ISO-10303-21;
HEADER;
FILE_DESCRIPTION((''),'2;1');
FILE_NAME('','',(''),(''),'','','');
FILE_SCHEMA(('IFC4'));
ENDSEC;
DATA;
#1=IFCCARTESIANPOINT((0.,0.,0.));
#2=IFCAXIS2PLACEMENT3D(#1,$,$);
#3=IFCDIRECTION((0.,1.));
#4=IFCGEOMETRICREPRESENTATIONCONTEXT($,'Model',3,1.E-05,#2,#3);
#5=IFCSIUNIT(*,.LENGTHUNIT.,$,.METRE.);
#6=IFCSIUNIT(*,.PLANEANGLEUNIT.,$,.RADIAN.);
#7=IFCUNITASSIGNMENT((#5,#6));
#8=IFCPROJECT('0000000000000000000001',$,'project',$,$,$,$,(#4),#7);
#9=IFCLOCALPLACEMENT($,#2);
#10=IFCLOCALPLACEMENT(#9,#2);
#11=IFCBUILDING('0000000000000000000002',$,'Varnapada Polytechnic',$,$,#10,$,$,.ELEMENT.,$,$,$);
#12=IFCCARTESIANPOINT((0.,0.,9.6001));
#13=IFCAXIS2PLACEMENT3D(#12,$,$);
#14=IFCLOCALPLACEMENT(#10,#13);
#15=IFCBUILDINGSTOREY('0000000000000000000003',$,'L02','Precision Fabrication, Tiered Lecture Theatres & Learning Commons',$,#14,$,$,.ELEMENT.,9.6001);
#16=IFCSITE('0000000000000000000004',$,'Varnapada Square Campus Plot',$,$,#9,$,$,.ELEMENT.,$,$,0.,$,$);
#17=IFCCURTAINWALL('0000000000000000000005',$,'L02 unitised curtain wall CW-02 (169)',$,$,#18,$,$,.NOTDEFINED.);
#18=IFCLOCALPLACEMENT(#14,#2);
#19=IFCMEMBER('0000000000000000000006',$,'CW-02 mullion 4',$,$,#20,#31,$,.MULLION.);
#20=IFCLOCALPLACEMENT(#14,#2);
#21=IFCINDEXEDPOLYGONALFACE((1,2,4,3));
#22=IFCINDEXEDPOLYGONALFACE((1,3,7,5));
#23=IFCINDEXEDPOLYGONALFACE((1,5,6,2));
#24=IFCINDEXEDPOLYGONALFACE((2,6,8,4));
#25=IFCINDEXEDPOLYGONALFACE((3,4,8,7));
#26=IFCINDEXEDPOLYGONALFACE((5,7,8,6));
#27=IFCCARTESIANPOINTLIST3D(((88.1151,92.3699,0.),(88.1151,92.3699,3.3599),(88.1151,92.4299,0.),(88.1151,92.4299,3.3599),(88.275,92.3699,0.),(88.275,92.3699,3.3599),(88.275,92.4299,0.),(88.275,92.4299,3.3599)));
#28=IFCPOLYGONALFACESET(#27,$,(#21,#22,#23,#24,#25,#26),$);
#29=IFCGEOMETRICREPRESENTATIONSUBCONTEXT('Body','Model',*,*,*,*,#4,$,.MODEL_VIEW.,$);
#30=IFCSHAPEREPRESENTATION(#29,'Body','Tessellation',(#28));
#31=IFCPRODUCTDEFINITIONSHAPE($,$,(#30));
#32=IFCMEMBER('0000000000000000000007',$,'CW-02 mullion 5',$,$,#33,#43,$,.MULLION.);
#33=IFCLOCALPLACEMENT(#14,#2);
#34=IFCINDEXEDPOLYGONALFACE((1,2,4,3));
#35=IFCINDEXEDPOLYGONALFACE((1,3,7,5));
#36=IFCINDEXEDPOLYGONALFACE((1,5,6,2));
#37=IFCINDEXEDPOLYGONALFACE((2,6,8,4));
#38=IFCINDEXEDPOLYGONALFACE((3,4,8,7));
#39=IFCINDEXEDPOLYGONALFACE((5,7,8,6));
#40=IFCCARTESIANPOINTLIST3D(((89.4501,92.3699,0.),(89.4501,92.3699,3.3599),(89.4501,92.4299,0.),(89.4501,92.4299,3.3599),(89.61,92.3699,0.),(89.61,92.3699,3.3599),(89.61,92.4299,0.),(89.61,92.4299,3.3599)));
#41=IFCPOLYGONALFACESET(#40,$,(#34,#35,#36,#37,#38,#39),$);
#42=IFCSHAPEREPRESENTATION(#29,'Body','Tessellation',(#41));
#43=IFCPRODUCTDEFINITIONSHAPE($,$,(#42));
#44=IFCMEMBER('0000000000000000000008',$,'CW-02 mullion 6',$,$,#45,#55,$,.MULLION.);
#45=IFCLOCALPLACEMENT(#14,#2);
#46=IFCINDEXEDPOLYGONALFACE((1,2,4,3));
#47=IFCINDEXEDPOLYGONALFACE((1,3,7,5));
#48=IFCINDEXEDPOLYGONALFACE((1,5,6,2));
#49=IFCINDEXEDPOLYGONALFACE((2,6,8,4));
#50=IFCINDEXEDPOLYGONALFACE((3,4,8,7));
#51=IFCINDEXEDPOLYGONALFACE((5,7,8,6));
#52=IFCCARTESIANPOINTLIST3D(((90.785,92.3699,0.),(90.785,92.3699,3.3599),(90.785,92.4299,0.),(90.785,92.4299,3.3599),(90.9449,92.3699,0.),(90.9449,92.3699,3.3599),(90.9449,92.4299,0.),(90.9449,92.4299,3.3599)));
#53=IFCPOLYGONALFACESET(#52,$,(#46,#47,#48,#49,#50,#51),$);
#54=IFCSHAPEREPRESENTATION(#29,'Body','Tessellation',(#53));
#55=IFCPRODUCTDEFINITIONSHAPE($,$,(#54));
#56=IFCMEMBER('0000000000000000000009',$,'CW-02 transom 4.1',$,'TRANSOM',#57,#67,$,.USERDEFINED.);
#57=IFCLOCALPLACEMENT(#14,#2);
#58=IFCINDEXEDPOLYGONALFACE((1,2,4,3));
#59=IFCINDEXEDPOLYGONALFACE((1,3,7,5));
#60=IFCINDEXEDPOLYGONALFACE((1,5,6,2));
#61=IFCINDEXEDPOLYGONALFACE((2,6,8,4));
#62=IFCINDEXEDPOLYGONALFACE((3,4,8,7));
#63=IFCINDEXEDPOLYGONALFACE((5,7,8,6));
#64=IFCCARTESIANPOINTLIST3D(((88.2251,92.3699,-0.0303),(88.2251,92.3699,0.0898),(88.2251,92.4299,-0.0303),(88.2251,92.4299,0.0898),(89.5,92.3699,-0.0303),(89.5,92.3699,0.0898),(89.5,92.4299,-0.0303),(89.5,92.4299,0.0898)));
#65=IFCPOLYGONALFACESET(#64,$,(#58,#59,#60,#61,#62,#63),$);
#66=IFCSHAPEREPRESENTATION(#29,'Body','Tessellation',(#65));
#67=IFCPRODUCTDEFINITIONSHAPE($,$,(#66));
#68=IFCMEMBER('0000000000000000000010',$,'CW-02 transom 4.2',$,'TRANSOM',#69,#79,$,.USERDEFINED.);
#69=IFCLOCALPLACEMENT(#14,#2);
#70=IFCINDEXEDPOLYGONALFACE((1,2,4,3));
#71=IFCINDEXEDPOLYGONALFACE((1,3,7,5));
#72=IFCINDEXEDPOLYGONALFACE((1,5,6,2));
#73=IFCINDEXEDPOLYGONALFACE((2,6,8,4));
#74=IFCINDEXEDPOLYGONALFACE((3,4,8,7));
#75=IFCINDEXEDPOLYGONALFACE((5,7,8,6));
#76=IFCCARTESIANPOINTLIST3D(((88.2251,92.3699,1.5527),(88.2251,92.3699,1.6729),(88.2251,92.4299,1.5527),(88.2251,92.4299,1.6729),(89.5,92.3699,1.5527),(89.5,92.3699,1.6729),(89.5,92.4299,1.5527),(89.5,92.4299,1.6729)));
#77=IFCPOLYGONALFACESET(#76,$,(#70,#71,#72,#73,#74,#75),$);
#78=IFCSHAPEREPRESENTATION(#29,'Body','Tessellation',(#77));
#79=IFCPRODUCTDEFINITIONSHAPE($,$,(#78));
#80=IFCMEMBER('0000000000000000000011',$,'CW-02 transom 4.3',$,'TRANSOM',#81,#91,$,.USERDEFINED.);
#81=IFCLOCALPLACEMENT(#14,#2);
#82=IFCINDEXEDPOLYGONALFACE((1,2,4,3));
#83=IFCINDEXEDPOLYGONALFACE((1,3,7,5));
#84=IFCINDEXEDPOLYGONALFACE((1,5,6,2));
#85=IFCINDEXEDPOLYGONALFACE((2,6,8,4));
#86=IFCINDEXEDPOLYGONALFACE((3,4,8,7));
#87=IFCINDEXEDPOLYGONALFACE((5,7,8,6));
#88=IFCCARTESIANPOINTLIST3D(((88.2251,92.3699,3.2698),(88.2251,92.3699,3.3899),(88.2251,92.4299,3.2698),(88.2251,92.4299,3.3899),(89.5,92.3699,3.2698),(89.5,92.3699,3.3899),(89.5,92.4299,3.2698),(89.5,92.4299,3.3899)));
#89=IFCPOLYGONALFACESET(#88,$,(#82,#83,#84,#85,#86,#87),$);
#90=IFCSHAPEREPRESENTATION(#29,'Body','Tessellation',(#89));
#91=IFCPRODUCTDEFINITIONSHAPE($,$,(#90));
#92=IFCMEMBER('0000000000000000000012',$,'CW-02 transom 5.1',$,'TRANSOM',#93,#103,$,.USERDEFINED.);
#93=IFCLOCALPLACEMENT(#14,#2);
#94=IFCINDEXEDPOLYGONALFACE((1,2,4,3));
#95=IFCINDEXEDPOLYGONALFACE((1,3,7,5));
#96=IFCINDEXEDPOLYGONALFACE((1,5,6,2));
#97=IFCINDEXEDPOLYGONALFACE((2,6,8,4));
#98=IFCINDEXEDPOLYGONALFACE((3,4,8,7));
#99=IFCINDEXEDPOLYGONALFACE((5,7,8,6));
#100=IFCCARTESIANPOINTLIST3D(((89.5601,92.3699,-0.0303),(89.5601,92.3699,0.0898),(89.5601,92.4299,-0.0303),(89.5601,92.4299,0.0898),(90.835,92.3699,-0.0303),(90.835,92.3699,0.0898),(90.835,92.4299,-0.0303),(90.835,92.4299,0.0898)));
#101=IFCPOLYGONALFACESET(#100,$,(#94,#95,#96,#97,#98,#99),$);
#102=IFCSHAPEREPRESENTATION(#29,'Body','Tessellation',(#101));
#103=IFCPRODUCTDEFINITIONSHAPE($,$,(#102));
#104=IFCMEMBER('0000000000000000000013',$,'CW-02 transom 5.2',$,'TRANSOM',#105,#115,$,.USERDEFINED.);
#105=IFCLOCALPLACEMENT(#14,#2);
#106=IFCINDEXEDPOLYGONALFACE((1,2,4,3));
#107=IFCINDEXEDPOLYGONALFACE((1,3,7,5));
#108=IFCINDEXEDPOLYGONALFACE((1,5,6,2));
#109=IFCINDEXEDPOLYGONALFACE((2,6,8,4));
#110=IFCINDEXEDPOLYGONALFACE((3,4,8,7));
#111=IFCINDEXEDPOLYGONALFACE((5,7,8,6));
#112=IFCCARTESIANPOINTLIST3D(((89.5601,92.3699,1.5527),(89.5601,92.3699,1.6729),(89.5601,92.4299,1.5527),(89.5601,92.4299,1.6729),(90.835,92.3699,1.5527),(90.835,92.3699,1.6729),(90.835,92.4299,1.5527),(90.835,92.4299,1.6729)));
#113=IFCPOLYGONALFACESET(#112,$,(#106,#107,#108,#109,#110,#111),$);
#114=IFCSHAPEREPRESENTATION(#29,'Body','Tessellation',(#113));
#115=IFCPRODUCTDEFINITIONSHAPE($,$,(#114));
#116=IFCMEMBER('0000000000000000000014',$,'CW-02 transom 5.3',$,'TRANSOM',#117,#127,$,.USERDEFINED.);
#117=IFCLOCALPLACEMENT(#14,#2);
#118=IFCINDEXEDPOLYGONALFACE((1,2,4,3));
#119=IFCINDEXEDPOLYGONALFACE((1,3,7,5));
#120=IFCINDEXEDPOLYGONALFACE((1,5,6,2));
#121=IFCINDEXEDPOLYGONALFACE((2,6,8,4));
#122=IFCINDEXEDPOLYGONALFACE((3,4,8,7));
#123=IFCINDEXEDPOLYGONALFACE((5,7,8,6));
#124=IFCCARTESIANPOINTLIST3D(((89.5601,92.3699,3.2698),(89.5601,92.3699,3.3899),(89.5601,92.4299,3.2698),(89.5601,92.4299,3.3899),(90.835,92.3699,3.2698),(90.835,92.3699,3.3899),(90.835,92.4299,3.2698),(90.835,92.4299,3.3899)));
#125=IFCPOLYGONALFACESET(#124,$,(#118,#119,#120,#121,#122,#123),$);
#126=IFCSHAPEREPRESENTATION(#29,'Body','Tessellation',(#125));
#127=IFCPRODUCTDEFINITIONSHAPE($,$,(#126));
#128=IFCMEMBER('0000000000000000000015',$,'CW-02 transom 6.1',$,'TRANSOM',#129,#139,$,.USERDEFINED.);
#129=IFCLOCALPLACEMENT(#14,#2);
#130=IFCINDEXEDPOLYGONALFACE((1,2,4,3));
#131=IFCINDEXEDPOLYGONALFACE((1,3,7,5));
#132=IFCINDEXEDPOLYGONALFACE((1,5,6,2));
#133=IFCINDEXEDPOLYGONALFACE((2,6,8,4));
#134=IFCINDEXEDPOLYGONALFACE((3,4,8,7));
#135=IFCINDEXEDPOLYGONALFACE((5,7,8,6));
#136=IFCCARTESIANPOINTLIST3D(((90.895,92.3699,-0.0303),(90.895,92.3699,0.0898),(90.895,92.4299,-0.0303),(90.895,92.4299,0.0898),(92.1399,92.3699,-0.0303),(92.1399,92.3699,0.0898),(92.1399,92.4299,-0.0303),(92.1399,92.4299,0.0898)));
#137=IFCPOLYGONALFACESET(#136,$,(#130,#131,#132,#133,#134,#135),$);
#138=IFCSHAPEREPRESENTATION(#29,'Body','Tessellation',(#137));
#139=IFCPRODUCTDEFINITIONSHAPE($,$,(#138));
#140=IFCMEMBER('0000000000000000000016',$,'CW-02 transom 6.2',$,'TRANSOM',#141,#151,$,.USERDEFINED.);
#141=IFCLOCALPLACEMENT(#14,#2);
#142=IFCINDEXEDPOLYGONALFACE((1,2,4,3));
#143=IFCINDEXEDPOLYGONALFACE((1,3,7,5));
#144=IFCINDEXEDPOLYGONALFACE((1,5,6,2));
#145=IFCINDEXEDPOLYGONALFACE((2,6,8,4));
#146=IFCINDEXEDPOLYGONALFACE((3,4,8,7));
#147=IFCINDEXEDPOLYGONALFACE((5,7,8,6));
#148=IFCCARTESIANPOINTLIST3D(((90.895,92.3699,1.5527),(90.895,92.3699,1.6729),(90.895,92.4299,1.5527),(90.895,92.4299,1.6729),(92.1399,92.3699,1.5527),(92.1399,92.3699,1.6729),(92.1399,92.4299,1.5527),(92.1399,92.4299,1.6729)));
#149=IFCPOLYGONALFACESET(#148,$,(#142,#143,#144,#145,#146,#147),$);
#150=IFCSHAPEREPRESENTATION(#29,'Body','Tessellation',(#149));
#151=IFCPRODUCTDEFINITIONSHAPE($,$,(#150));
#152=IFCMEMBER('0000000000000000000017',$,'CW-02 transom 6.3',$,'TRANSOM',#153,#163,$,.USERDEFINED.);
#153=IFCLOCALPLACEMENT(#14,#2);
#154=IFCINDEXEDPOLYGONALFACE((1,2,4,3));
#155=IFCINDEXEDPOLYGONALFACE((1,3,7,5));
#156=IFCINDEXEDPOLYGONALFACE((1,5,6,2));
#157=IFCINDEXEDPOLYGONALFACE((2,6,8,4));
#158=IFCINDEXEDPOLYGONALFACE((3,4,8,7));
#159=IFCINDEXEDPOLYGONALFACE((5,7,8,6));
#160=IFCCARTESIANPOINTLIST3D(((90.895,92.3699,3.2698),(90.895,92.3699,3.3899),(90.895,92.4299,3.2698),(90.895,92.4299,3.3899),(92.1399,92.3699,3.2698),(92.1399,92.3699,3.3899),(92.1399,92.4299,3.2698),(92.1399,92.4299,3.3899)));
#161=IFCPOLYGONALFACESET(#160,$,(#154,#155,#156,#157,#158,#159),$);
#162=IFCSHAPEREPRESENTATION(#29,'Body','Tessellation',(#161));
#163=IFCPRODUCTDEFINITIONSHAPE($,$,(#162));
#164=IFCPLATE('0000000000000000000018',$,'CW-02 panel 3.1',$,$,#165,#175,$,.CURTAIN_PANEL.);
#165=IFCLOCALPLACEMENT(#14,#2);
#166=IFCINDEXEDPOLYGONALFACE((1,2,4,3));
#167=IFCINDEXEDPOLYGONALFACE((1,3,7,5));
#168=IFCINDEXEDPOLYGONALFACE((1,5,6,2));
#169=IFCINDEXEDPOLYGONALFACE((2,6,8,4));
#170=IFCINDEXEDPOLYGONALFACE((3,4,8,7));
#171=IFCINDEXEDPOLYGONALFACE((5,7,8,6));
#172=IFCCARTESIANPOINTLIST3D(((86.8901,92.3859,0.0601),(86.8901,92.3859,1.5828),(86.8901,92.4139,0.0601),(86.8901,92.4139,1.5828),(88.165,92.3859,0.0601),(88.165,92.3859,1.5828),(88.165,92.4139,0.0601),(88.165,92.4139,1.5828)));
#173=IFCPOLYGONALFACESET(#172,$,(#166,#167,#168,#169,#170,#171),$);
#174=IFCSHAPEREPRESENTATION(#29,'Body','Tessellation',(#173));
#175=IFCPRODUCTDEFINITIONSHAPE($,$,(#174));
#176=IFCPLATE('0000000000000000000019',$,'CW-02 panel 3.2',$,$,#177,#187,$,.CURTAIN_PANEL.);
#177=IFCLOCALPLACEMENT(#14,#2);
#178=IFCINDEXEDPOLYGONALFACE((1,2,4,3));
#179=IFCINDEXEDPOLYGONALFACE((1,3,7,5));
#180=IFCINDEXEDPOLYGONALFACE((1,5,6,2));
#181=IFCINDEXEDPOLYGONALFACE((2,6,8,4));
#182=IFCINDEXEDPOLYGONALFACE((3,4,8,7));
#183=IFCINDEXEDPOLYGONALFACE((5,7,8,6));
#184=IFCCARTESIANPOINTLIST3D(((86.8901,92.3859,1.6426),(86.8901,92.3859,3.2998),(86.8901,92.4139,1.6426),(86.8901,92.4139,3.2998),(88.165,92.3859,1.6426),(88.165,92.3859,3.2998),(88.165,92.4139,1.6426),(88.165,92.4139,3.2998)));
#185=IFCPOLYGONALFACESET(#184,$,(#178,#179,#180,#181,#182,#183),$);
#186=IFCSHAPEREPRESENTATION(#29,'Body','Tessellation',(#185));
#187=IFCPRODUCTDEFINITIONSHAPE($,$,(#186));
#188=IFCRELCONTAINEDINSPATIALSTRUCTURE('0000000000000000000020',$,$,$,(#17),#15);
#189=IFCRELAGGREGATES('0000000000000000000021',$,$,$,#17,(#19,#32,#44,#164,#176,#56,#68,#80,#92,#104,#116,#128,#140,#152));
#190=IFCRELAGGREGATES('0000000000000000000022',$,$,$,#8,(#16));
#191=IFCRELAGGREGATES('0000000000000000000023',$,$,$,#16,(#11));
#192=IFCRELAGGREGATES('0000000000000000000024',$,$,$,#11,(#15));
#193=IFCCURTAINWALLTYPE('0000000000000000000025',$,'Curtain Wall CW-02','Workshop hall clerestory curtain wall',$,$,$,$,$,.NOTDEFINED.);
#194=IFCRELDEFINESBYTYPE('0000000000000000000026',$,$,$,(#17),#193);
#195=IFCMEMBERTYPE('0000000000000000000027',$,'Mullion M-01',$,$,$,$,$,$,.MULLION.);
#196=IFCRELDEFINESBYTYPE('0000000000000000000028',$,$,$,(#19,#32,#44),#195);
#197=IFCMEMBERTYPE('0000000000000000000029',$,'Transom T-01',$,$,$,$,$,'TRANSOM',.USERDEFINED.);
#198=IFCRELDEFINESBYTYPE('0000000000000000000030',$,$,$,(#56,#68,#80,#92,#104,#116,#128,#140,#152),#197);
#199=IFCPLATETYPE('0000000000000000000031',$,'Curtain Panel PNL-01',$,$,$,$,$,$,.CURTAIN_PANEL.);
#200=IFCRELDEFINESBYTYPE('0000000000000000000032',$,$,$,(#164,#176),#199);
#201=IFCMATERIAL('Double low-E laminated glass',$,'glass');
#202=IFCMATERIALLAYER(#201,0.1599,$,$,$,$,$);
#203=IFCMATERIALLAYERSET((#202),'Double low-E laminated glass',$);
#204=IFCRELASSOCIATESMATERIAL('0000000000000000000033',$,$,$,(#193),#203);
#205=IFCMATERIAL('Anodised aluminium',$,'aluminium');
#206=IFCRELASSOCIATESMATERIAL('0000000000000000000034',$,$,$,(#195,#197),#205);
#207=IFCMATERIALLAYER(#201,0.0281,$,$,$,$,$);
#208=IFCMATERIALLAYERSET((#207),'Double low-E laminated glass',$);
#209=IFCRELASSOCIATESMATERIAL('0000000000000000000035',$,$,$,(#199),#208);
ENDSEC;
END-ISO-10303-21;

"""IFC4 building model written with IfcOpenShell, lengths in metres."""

from ifc_helpers import new_model, si_unit, direction, frame, origin, origin_2d, place, context, subcontext, project, spatial, rectangle, extrude, material, layer, layer_set, material_profile, profile_set, type_object, element, aggregate, save


model = new_model("IFC4")

# Units and contexts
model_context = context("Model", 3, precision=1e-05, world=origin(), true_north=direction((0.0, 1.0)))
body_context = subcontext(model_context, "Body", "Model", "MODEL_VIEW")
ifc_project = project(units=[si_unit("LENGTHUNIT", "METRE"), si_unit("PLANEANGLEUNIT", "RADIAN")], contexts=[model_context])

# Site, building, storey
site_placement = place(None, origin())
site = spatial("IfcSite", under=ifc_project, at=site_placement, Name="Varnapada Square Campus Plot", CompositionType="ELEMENT", RefElevation=0.0)
building_placement = place(site_placement, origin())
building = spatial("IfcBuilding", under=site, at=building_placement, Name="Varnapada Polytechnic", CompositionType="ELEMENT")
storey_placement = place(building_placement, frame((0.0, 0.0, 9.6001)))
storey = spatial("IfcBuildingStorey", under=building, at=storey_placement, Name="L02", Description="Precision Fabrication, Tiered Lecture Theatres & Learning Commons", CompositionType="ELEMENT", Elevation=9.6001)

# Curtain wall, members, plates
ifc_material_1 = material(Name="Double low-E laminated glass", Category="glass")
ifc_layer_1 = layer(ifc_material_1, 0.1599)
ifc_layer_set_1 = layer_set([ifc_layer_1], Name="Double low-E laminated glass")
curtain_wall_type = type_object("IfcCurtainWallType", Name="Curtain Wall CW-02", Description="Workshop hall clerestory curtain wall", PredefinedType="NOTDEFINED", material=ifc_layer_set_1)
curtain_wall_placement = place(storey_placement, origin())
curtain_wall = element("IfcCurtainWall", 1, at=curtain_wall_placement, inside=storey, type_object=curtain_wall_type, Name="L02 unitised curtain wall CW-02 (169)", PredefinedType="NOTDEFINED")
ifc_material_2 = material(Name="Anodised aluminium", Category="aluminium")
ifc_material_profile_1 = material_profile(ifc_material_2, rectangle(XDim=0.0601, YDim=0.1599, at=origin_2d()), Name="ALU M60x160")
ifc_profile_set_1 = profile_set([ifc_material_profile_1], Name="Anodised aluminium")
member_type_1 = type_object("IfcMemberType", Name="Mullion M-01", PredefinedType="MULLION", material=ifc_profile_set_1)
member_1_placement = place(storey_placement, frame((88.1951, 92.3999, 0.0), z_axis=(0.0, 0.0, 1.0), x_axis=(0.0, 1.0, 0.0)))
member_1 = element("IfcMember", 2, at=member_1_placement, type_object=member_type_1, Name="CW-02 mullion 4", PredefinedType="MULLION", context=body_context, shape_type="SweptSolid", body=[
    extrude(rectangle(XDim=0.0601, YDim=0.1599, at=origin_2d()), origin(), (0.0, 0.0, 1.0), 3.3599),
])
member_2_placement = place(storey_placement, frame((89.53, 92.3999, 0.0), z_axis=(0.0, 0.0, 1.0), x_axis=(0.0, 1.0, 0.0)))
member_2 = element("IfcMember", 3, at=member_2_placement, type_object=member_type_1, Name="CW-02 mullion 5", PredefinedType="MULLION", context=body_context, shape_type="SweptSolid", body=[
    extrude(rectangle(XDim=0.0601, YDim=0.1599, at=origin_2d()), origin(), (0.0, 0.0, 1.0), 3.3599),
])
member_3_placement = place(storey_placement, frame((90.865, 92.3999, 0.0), z_axis=(0.0, 0.0, 1.0), x_axis=(0.0, 1.0, 0.0)))
member_3 = element("IfcMember", 4, at=member_3_placement, type_object=member_type_1, Name="CW-02 mullion 6", PredefinedType="MULLION", context=body_context, shape_type="SweptSolid", body=[
    extrude(rectangle(XDim=0.0601, YDim=0.1599, at=origin_2d()), origin(), (0.0, 0.0, 1.0), 3.3599),
])
ifc_material_profile_2 = material_profile(ifc_material_2, rectangle(XDim=0.0601, YDim=0.1201, at=origin_2d()), Name="ALU T60x120")
ifc_profile_set_2 = profile_set([ifc_material_profile_2], Name="Anodised aluminium")
member_type_2 = type_object("IfcMemberType", Name="Transom T-01", ElementType="TRANSOM", PredefinedType="USERDEFINED", material=ifc_profile_set_2)
member_4_placement = place(storey_placement, frame((88.2251, 92.3999, 0.0298), z_axis=(1.0, 0.0, 0.0), x_axis=(0.0, 1.0, 0.0)))
member_4 = element("IfcMember", 5, at=member_4_placement, type_object=member_type_2, Name="CW-02 transom 4.1", ObjectType="TRANSOM", PredefinedType="USERDEFINED", context=body_context, shape_type="SweptSolid", body=[
    extrude(rectangle(XDim=0.0601, YDim=0.1201, at=origin_2d()), origin(), (0.0, 0.0, 1.0), 1.2749),
])
member_5_placement = place(storey_placement, frame((88.2251, 92.3999, 1.6128), z_axis=(1.0, 0.0, 0.0), x_axis=(0.0, 1.0, 0.0)))
member_5 = element("IfcMember", 6, at=member_5_placement, type_object=member_type_2, Name="CW-02 transom 4.2", ObjectType="TRANSOM", PredefinedType="USERDEFINED", context=body_context, shape_type="SweptSolid", body=[
    extrude(rectangle(XDim=0.0601, YDim=0.1201, at=origin_2d()), origin(), (0.0, 0.0, 1.0), 1.2749),
])
member_6_placement = place(storey_placement, frame((88.2251, 92.3999, 3.3298), z_axis=(1.0, 0.0, 0.0), x_axis=(0.0, 1.0, 0.0)))
member_6 = element("IfcMember", 7, at=member_6_placement, type_object=member_type_2, Name="CW-02 transom 4.3", ObjectType="TRANSOM", PredefinedType="USERDEFINED", context=body_context, shape_type="SweptSolid", body=[
    extrude(rectangle(XDim=0.0601, YDim=0.1201, at=origin_2d()), origin(), (0.0, 0.0, 1.0), 1.2749),
])
member_7_placement = place(storey_placement, frame((89.5601, 92.3999, 0.0298), z_axis=(1.0, 0.0, 0.0), x_axis=(0.0, 1.0, 0.0)))
member_7 = element("IfcMember", 8, at=member_7_placement, type_object=member_type_2, Name="CW-02 transom 5.1", ObjectType="TRANSOM", PredefinedType="USERDEFINED", context=body_context, shape_type="SweptSolid", body=[
    extrude(rectangle(XDim=0.0601, YDim=0.1201, at=origin_2d()), origin(), (0.0, 0.0, 1.0), 1.2749),
])
member_8_placement = place(storey_placement, frame((89.5601, 92.3999, 1.6128), z_axis=(1.0, 0.0, 0.0), x_axis=(0.0, 1.0, 0.0)))
member_8 = element("IfcMember", 9, at=member_8_placement, type_object=member_type_2, Name="CW-02 transom 5.2", ObjectType="TRANSOM", PredefinedType="USERDEFINED", context=body_context, shape_type="SweptSolid", body=[
    extrude(rectangle(XDim=0.0601, YDim=0.1201, at=origin_2d()), origin(), (0.0, 0.0, 1.0), 1.2749),
])
member_9_placement = place(storey_placement, frame((89.5601, 92.3999, 3.3298), z_axis=(1.0, 0.0, 0.0), x_axis=(0.0, 1.0, 0.0)))
member_9 = element("IfcMember", 10, at=member_9_placement, type_object=member_type_2, Name="CW-02 transom 5.3", ObjectType="TRANSOM", PredefinedType="USERDEFINED", context=body_context, shape_type="SweptSolid", body=[
    extrude(rectangle(XDim=0.0601, YDim=0.1201, at=origin_2d()), origin(), (0.0, 0.0, 1.0), 1.2749),
])
member_10_placement = place(storey_placement, frame((90.895, 92.3999, 0.0298), z_axis=(1.0, 0.0, 0.0), x_axis=(0.0, 1.0, 0.0)))
member_10 = element("IfcMember", 11, at=member_10_placement, type_object=member_type_2, Name="CW-02 transom 6.1", ObjectType="TRANSOM", PredefinedType="USERDEFINED", context=body_context, shape_type="SweptSolid", body=[
    extrude(rectangle(XDim=0.0601, YDim=0.1201, at=origin_2d()), origin(), (0.0, 0.0, 1.0), 1.2449),
])
member_11_placement = place(storey_placement, frame((90.895, 92.3999, 1.6128), z_axis=(1.0, 0.0, 0.0), x_axis=(0.0, 1.0, 0.0)))
member_11 = element("IfcMember", 12, at=member_11_placement, type_object=member_type_2, Name="CW-02 transom 6.2", ObjectType="TRANSOM", PredefinedType="USERDEFINED", context=body_context, shape_type="SweptSolid", body=[
    extrude(rectangle(XDim=0.0601, YDim=0.1201, at=origin_2d()), origin(), (0.0, 0.0, 1.0), 1.2449),
])
member_12_placement = place(storey_placement, frame((90.895, 92.3999, 3.3298), z_axis=(1.0, 0.0, 0.0), x_axis=(0.0, 1.0, 0.0)))
member_12 = element("IfcMember", 13, at=member_12_placement, type_object=member_type_2, Name="CW-02 transom 6.3", ObjectType="TRANSOM", PredefinedType="USERDEFINED", context=body_context, shape_type="SweptSolid", body=[
    extrude(rectangle(XDim=0.0601, YDim=0.1201, at=origin_2d()), origin(), (0.0, 0.0, 1.0), 1.2449),
])
ifc_layer_2 = layer(ifc_material_1, 0.0281)
ifc_layer_set_2 = layer_set([ifc_layer_2], Name="Double low-E laminated glass")
plate_type = type_object("IfcPlateType", Name="Curtain Panel PNL-01", PredefinedType="CURTAIN_PANEL", material=ifc_layer_set_2)
plate_1_placement = place(storey_placement, frame((87.5276, 92.3999, 0.0601), z_axis=(0.0, 0.0, 1.0), x_axis=(1.0, 0.0, 0.0)))
plate_1 = element("IfcPlate", 14, at=plate_1_placement, type_object=plate_type, Name="CW-02 panel 3.1", PredefinedType="CURTAIN_PANEL", context=body_context, shape_type="SweptSolid", body=[
    extrude(rectangle(XDim=1.2749, YDim=0.0281, at=origin_2d()), origin(), (0.0, 0.0, 1.0), 1.5227),
])
plate_2_placement = place(storey_placement, frame((87.5276, 92.3999, 1.6426), z_axis=(0.0, 0.0, 1.0), x_axis=(1.0, 0.0, 0.0)))
plate_2 = element("IfcPlate", 15, at=plate_2_placement, type_object=plate_type, Name="CW-02 panel 3.2", PredefinedType="CURTAIN_PANEL", context=body_context, shape_type="SweptSolid", body=[
    extrude(rectangle(XDim=1.2749, YDim=0.0281, at=origin_2d()), origin(), (0.0, 0.0, 1.0), 1.6572),
])
aggregate(curtain_wall, [member_1, member_2, member_3, plate_1, plate_2, member_4, member_5, member_6, member_7, member_8, member_9, member_10, member_11, member_12])

save(model, "model.ifc")
